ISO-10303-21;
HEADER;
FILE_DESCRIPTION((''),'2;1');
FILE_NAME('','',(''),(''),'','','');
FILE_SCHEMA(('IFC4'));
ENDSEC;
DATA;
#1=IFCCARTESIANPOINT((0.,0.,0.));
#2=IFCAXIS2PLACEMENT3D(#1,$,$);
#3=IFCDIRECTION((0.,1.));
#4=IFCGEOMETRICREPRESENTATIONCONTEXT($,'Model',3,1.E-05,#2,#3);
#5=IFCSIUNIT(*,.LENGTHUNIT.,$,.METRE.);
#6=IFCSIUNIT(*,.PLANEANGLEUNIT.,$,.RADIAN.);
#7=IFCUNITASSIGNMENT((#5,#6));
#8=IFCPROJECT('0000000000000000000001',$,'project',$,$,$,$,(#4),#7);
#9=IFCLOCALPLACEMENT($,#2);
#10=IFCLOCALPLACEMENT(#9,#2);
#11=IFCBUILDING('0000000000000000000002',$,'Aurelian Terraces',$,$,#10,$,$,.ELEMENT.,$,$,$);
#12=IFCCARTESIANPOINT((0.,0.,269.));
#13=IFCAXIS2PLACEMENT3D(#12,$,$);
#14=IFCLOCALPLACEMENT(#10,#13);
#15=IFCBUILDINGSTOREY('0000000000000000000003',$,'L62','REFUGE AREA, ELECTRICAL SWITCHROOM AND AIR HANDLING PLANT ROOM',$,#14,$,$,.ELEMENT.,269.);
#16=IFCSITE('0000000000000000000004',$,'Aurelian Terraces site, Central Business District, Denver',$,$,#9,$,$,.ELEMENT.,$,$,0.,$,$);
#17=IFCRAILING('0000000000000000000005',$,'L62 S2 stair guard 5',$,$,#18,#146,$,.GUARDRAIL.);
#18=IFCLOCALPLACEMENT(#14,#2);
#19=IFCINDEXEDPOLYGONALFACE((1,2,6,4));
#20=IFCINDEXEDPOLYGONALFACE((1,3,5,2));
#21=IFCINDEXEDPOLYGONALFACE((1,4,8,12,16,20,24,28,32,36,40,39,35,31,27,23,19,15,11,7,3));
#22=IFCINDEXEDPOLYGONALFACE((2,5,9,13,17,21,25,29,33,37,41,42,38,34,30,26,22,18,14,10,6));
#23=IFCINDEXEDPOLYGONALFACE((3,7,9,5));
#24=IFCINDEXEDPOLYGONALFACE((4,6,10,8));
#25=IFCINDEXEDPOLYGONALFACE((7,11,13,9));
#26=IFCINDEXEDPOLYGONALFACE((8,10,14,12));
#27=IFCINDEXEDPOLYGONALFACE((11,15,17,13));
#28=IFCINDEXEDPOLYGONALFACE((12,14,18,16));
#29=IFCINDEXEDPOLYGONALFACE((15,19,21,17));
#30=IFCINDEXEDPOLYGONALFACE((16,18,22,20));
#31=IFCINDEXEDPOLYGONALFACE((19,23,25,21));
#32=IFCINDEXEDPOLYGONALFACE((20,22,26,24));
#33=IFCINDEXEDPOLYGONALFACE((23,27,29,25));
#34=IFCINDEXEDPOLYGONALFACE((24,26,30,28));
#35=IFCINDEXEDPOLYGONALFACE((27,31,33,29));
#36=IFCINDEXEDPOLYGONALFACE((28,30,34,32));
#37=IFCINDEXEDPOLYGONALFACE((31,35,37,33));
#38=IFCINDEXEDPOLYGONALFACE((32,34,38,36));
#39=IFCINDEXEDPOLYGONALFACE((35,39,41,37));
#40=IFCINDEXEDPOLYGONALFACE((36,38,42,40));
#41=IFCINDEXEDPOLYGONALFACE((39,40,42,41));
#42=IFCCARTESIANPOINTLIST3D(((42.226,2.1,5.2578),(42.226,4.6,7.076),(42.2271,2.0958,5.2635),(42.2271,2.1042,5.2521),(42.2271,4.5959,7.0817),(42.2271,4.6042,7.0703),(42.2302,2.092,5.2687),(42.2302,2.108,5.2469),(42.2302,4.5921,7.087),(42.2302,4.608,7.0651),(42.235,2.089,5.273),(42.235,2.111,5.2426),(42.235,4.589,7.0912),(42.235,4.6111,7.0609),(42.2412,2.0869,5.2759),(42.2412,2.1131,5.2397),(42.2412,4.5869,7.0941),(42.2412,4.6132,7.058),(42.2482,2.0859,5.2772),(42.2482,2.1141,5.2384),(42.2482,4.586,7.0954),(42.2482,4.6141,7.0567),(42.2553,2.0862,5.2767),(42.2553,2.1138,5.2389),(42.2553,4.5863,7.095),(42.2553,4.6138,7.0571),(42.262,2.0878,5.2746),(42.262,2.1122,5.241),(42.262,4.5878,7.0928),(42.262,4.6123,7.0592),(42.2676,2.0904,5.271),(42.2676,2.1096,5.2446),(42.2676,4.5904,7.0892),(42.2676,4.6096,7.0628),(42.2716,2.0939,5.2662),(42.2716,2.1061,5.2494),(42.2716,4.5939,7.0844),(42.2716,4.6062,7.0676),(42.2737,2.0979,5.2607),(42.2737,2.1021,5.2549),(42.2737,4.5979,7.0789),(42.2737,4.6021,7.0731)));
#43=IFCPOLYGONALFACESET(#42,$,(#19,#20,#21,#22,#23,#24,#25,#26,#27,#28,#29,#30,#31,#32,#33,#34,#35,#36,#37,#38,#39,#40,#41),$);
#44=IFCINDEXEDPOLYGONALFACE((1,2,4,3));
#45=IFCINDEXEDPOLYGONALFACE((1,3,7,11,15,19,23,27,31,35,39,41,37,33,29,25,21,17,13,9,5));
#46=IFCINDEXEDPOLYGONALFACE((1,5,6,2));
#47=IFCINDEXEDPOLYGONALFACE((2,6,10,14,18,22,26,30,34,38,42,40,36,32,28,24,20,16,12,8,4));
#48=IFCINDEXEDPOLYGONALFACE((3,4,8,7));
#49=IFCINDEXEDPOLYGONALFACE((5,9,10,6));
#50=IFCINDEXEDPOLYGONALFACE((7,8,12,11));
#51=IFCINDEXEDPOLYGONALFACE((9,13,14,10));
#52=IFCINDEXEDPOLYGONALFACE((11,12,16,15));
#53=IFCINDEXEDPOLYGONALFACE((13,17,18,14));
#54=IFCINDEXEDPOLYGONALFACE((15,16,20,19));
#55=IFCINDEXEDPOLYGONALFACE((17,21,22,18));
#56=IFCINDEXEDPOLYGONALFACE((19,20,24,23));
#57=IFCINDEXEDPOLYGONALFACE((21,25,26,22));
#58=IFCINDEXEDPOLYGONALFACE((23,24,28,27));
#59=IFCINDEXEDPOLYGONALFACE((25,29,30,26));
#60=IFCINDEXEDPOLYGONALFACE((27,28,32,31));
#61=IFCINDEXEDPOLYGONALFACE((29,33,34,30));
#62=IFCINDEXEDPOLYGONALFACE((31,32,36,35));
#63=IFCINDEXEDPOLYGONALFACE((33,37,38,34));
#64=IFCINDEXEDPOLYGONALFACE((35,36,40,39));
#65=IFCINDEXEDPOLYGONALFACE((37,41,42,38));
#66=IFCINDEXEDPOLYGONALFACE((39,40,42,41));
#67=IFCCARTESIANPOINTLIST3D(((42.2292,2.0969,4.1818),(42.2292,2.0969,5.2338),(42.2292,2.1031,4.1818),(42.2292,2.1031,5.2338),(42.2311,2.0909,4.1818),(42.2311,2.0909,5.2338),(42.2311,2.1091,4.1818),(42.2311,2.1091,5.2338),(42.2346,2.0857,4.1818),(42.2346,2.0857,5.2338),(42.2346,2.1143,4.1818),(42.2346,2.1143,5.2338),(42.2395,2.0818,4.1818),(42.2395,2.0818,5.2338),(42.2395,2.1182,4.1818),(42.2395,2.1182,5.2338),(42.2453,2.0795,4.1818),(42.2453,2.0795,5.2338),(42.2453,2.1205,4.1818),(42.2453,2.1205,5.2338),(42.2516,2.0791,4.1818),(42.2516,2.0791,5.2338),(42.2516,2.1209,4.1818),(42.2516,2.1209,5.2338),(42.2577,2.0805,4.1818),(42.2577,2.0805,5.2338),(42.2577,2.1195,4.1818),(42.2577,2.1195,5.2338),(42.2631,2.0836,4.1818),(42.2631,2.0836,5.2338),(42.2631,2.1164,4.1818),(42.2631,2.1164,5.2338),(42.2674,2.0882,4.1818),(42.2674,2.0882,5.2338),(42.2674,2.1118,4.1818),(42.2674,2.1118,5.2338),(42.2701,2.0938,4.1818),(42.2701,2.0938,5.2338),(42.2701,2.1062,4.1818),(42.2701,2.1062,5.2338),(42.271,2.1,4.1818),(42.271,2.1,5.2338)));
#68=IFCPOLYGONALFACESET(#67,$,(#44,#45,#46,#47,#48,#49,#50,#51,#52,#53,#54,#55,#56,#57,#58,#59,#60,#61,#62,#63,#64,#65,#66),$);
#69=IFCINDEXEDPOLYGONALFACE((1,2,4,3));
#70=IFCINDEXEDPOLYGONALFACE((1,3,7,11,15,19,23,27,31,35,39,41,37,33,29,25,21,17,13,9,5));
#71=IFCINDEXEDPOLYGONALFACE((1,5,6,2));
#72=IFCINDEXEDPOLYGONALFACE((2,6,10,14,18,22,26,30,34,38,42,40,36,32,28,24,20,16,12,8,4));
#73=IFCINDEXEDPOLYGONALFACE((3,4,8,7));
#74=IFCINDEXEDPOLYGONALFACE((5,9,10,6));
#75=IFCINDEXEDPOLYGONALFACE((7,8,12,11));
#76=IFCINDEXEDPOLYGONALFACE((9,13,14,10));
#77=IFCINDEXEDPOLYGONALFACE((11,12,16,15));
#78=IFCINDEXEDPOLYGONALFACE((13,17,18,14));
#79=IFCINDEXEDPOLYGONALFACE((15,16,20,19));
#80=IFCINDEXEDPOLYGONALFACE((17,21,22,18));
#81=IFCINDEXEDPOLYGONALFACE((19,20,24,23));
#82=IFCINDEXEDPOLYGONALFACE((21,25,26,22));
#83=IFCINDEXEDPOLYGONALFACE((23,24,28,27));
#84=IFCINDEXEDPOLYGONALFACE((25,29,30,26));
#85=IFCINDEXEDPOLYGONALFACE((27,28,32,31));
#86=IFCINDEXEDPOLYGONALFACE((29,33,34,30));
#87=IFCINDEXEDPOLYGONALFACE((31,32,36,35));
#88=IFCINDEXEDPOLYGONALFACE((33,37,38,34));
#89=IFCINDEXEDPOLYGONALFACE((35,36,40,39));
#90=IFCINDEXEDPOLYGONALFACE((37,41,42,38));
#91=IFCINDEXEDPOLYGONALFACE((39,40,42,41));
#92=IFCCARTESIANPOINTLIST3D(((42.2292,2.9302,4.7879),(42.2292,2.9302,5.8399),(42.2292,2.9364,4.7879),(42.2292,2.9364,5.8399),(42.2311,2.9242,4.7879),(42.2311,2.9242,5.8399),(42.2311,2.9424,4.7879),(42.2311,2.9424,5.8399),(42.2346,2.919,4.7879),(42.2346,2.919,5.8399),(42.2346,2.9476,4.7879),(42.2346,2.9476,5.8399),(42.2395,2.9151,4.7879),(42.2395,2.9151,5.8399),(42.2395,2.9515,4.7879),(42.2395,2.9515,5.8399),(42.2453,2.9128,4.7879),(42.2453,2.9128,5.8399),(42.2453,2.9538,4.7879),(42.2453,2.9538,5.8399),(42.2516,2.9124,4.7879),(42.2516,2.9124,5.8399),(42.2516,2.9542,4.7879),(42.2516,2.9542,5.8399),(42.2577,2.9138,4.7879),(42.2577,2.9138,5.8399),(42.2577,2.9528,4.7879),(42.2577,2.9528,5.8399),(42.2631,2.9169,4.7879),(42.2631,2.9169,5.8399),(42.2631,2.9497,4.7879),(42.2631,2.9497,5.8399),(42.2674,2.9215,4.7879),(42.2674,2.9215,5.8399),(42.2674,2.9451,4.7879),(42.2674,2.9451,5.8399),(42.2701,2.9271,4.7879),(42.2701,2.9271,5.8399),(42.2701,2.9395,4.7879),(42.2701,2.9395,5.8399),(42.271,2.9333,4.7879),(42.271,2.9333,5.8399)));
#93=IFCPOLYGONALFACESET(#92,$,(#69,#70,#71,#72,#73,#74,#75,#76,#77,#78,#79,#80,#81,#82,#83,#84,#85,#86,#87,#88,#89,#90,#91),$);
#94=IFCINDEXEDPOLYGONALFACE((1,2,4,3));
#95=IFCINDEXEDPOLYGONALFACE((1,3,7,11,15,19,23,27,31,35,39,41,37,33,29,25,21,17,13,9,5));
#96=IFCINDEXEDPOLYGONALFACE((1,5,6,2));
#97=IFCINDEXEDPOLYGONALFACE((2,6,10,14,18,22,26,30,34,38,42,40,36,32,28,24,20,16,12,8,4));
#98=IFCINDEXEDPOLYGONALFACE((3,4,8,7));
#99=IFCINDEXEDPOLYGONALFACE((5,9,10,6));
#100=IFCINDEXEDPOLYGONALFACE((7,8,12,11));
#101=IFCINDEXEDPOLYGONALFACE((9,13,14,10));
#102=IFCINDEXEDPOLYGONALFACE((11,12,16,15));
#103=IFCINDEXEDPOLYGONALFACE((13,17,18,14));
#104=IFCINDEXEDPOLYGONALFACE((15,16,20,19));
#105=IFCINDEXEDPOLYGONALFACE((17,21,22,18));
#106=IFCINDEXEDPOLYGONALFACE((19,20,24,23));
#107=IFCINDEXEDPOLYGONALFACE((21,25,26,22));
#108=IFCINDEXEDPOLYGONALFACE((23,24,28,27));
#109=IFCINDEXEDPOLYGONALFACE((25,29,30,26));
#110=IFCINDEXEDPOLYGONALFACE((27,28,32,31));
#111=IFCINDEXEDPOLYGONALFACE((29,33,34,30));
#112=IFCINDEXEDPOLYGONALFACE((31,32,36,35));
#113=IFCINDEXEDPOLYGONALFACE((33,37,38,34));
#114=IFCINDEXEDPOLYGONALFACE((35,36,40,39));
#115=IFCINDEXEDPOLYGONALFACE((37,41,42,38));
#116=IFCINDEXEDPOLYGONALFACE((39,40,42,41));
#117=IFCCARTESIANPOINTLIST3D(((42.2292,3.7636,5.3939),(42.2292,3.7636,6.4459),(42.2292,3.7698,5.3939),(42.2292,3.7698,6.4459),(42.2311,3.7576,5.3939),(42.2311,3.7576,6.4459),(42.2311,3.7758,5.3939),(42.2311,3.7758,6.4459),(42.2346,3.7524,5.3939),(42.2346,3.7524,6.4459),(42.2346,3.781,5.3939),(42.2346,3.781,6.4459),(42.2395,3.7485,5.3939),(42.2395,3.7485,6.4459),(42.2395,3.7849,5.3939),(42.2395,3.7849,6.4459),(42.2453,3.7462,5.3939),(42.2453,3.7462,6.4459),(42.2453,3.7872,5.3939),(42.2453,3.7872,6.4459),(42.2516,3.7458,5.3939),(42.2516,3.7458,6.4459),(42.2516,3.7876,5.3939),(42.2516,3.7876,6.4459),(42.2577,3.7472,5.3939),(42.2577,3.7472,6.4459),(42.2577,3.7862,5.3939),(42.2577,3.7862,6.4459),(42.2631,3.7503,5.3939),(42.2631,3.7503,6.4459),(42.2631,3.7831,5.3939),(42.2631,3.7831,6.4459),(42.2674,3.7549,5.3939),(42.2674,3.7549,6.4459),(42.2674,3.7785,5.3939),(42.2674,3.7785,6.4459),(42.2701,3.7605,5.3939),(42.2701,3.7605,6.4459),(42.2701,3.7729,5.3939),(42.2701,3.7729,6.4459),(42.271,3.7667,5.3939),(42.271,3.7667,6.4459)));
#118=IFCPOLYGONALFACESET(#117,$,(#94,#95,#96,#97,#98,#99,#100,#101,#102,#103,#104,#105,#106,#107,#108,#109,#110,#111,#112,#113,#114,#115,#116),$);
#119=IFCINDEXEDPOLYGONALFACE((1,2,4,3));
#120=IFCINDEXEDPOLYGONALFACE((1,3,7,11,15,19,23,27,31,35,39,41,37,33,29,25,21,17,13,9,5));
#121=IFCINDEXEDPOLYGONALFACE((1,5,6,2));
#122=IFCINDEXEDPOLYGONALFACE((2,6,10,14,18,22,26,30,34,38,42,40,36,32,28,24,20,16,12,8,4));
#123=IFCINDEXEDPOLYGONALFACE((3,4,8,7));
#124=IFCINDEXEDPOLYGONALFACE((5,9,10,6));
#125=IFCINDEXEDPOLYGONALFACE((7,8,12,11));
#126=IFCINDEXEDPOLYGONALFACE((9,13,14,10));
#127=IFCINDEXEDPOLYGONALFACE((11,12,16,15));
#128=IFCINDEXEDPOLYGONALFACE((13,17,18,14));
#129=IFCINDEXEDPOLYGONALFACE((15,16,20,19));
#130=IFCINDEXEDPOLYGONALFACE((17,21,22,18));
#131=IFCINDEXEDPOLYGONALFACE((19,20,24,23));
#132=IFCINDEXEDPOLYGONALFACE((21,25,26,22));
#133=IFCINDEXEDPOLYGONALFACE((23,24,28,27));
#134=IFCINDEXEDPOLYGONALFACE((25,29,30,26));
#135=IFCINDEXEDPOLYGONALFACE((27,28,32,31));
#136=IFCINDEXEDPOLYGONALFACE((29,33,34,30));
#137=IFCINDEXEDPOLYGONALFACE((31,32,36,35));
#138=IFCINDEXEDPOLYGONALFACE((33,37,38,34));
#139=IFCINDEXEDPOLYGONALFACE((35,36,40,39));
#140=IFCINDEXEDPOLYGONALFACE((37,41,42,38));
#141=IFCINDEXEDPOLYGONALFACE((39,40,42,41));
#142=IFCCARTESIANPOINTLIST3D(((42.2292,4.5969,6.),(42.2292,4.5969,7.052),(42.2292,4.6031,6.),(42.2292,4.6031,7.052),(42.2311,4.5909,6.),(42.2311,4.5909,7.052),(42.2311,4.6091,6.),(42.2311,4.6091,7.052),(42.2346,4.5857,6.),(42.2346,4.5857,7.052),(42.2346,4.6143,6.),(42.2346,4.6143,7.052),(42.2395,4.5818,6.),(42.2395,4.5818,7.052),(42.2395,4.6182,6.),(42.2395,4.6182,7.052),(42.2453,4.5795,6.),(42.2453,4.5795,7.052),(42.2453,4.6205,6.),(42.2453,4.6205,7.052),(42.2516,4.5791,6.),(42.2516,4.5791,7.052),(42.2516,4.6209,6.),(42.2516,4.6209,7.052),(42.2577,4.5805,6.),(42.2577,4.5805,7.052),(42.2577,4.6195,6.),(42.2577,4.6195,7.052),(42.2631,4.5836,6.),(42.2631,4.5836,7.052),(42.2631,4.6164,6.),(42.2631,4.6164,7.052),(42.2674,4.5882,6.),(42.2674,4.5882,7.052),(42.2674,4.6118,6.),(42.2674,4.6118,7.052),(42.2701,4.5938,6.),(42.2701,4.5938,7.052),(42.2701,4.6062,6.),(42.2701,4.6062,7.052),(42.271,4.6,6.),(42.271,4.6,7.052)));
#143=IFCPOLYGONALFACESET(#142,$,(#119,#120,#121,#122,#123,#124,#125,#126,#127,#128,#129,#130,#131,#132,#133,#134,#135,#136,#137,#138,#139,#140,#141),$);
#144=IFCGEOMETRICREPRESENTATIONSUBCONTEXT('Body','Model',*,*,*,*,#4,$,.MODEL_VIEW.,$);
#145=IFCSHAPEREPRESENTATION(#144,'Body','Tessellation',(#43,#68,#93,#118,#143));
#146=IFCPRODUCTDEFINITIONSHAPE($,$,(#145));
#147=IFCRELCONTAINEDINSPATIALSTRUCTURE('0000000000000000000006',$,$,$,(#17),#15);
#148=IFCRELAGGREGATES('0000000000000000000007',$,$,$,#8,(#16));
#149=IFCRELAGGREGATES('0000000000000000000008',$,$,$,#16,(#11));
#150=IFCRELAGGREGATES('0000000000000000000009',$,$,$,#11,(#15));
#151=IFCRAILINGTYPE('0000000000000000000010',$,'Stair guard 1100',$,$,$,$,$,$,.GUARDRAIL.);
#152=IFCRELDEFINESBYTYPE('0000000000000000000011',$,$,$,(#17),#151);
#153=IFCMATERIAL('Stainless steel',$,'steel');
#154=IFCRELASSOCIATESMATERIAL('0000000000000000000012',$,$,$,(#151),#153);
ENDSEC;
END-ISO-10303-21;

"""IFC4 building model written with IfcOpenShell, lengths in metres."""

from ifc_helpers import new_model, si_unit, direction, frame, origin, origin_2d, place, context, subcontext, project, spatial, circle, extrude, source, transform, mapped, material, type_object, element, save


model = new_model("IFC4")

# Units and contexts
model_context = context("Model", 3, precision=1e-05, world=origin(), true_north=direction((0.0, 1.0)))
body_context = subcontext(model_context, "Body", "Model", "MODEL_VIEW")
ifc_project = project(units=[si_unit("LENGTHUNIT", "METRE"), si_unit("PLANEANGLEUNIT", "RADIAN")], contexts=[model_context])

# Site, building, storey
site_placement = place(None, origin())
site = spatial("IfcSite", under=ifc_project, at=site_placement, Name="Aurelian Terraces site, Central Business District, Denver", CompositionType="ELEMENT", RefElevation=0.0)
building_placement = place(site_placement, origin())
building = spatial("IfcBuilding", under=site, at=building_placement, Name="Aurelian Terraces", CompositionType="ELEMENT")
storey_placement = place(building_placement, frame((0.0, 0.0, 269.0)))
storey = spatial("IfcBuildingStorey", under=building, at=storey_placement, Name="L62", Description="REFUGE AREA, ELECTRICAL SWITCHROOM AND AIR HANDLING PLANT ROOM", CompositionType="ELEMENT", Elevation=269.0)

# Railing
ifc_material_1 = material(Name="Stainless steel", Category="steel")
railing_type_1 = type_object("IfcRailingType", Name="Stair guard 1100", PredefinedType="GUARDRAIL", material=ifc_material_1)
shared_shape_1 = source(origin(), body_context, "Body", "SweptSolid", [
    extrude(circle(Radius=0.024, at=origin_2d()), frame((0.0, 0.0, 1.076), z_axis=(0.0, 0.808733, 0.588176), x_axis=(-1.0, 0.0, 0.0)), (0.0, 0.0, 1.0), 3.0913),
    extrude(circle(Radius=0.021, at=origin_2d()), origin(), (0.0, 0.0, 1.0), 1.052),
    extrude(circle(Radius=0.021, at=origin_2d()), frame((0.0, 0.8333, 0.6061)), (0.0, 0.0, 1.0), 1.052),
    extrude(circle(Radius=0.021, at=origin_2d()), frame((0.0, 1.6667, 1.2121)), (0.0, 0.0, 1.0), 1.052),
    extrude(circle(Radius=0.021, at=origin_2d()), frame((0.0, 2.5, 1.8182)), (0.0, 0.0, 1.0), 1.052),
])
for number, where, name in (
    (1, (42.25, 2.1, 4.1818), "L62 S2 stair guard 5"),
):
    element("IfcRailing", number, at=place(storey_placement, frame(where)), inside=storey, type_object=railing_type_1, Name=name, PredefinedType="GUARDRAIL", context=body_context, shape_type="MappedRepresentation", body=[
        mapped(shared_shape_1, transform((0.0, 0.0, 0.0), scale=1.0)),
    ])

save(model, "model.ifc")
